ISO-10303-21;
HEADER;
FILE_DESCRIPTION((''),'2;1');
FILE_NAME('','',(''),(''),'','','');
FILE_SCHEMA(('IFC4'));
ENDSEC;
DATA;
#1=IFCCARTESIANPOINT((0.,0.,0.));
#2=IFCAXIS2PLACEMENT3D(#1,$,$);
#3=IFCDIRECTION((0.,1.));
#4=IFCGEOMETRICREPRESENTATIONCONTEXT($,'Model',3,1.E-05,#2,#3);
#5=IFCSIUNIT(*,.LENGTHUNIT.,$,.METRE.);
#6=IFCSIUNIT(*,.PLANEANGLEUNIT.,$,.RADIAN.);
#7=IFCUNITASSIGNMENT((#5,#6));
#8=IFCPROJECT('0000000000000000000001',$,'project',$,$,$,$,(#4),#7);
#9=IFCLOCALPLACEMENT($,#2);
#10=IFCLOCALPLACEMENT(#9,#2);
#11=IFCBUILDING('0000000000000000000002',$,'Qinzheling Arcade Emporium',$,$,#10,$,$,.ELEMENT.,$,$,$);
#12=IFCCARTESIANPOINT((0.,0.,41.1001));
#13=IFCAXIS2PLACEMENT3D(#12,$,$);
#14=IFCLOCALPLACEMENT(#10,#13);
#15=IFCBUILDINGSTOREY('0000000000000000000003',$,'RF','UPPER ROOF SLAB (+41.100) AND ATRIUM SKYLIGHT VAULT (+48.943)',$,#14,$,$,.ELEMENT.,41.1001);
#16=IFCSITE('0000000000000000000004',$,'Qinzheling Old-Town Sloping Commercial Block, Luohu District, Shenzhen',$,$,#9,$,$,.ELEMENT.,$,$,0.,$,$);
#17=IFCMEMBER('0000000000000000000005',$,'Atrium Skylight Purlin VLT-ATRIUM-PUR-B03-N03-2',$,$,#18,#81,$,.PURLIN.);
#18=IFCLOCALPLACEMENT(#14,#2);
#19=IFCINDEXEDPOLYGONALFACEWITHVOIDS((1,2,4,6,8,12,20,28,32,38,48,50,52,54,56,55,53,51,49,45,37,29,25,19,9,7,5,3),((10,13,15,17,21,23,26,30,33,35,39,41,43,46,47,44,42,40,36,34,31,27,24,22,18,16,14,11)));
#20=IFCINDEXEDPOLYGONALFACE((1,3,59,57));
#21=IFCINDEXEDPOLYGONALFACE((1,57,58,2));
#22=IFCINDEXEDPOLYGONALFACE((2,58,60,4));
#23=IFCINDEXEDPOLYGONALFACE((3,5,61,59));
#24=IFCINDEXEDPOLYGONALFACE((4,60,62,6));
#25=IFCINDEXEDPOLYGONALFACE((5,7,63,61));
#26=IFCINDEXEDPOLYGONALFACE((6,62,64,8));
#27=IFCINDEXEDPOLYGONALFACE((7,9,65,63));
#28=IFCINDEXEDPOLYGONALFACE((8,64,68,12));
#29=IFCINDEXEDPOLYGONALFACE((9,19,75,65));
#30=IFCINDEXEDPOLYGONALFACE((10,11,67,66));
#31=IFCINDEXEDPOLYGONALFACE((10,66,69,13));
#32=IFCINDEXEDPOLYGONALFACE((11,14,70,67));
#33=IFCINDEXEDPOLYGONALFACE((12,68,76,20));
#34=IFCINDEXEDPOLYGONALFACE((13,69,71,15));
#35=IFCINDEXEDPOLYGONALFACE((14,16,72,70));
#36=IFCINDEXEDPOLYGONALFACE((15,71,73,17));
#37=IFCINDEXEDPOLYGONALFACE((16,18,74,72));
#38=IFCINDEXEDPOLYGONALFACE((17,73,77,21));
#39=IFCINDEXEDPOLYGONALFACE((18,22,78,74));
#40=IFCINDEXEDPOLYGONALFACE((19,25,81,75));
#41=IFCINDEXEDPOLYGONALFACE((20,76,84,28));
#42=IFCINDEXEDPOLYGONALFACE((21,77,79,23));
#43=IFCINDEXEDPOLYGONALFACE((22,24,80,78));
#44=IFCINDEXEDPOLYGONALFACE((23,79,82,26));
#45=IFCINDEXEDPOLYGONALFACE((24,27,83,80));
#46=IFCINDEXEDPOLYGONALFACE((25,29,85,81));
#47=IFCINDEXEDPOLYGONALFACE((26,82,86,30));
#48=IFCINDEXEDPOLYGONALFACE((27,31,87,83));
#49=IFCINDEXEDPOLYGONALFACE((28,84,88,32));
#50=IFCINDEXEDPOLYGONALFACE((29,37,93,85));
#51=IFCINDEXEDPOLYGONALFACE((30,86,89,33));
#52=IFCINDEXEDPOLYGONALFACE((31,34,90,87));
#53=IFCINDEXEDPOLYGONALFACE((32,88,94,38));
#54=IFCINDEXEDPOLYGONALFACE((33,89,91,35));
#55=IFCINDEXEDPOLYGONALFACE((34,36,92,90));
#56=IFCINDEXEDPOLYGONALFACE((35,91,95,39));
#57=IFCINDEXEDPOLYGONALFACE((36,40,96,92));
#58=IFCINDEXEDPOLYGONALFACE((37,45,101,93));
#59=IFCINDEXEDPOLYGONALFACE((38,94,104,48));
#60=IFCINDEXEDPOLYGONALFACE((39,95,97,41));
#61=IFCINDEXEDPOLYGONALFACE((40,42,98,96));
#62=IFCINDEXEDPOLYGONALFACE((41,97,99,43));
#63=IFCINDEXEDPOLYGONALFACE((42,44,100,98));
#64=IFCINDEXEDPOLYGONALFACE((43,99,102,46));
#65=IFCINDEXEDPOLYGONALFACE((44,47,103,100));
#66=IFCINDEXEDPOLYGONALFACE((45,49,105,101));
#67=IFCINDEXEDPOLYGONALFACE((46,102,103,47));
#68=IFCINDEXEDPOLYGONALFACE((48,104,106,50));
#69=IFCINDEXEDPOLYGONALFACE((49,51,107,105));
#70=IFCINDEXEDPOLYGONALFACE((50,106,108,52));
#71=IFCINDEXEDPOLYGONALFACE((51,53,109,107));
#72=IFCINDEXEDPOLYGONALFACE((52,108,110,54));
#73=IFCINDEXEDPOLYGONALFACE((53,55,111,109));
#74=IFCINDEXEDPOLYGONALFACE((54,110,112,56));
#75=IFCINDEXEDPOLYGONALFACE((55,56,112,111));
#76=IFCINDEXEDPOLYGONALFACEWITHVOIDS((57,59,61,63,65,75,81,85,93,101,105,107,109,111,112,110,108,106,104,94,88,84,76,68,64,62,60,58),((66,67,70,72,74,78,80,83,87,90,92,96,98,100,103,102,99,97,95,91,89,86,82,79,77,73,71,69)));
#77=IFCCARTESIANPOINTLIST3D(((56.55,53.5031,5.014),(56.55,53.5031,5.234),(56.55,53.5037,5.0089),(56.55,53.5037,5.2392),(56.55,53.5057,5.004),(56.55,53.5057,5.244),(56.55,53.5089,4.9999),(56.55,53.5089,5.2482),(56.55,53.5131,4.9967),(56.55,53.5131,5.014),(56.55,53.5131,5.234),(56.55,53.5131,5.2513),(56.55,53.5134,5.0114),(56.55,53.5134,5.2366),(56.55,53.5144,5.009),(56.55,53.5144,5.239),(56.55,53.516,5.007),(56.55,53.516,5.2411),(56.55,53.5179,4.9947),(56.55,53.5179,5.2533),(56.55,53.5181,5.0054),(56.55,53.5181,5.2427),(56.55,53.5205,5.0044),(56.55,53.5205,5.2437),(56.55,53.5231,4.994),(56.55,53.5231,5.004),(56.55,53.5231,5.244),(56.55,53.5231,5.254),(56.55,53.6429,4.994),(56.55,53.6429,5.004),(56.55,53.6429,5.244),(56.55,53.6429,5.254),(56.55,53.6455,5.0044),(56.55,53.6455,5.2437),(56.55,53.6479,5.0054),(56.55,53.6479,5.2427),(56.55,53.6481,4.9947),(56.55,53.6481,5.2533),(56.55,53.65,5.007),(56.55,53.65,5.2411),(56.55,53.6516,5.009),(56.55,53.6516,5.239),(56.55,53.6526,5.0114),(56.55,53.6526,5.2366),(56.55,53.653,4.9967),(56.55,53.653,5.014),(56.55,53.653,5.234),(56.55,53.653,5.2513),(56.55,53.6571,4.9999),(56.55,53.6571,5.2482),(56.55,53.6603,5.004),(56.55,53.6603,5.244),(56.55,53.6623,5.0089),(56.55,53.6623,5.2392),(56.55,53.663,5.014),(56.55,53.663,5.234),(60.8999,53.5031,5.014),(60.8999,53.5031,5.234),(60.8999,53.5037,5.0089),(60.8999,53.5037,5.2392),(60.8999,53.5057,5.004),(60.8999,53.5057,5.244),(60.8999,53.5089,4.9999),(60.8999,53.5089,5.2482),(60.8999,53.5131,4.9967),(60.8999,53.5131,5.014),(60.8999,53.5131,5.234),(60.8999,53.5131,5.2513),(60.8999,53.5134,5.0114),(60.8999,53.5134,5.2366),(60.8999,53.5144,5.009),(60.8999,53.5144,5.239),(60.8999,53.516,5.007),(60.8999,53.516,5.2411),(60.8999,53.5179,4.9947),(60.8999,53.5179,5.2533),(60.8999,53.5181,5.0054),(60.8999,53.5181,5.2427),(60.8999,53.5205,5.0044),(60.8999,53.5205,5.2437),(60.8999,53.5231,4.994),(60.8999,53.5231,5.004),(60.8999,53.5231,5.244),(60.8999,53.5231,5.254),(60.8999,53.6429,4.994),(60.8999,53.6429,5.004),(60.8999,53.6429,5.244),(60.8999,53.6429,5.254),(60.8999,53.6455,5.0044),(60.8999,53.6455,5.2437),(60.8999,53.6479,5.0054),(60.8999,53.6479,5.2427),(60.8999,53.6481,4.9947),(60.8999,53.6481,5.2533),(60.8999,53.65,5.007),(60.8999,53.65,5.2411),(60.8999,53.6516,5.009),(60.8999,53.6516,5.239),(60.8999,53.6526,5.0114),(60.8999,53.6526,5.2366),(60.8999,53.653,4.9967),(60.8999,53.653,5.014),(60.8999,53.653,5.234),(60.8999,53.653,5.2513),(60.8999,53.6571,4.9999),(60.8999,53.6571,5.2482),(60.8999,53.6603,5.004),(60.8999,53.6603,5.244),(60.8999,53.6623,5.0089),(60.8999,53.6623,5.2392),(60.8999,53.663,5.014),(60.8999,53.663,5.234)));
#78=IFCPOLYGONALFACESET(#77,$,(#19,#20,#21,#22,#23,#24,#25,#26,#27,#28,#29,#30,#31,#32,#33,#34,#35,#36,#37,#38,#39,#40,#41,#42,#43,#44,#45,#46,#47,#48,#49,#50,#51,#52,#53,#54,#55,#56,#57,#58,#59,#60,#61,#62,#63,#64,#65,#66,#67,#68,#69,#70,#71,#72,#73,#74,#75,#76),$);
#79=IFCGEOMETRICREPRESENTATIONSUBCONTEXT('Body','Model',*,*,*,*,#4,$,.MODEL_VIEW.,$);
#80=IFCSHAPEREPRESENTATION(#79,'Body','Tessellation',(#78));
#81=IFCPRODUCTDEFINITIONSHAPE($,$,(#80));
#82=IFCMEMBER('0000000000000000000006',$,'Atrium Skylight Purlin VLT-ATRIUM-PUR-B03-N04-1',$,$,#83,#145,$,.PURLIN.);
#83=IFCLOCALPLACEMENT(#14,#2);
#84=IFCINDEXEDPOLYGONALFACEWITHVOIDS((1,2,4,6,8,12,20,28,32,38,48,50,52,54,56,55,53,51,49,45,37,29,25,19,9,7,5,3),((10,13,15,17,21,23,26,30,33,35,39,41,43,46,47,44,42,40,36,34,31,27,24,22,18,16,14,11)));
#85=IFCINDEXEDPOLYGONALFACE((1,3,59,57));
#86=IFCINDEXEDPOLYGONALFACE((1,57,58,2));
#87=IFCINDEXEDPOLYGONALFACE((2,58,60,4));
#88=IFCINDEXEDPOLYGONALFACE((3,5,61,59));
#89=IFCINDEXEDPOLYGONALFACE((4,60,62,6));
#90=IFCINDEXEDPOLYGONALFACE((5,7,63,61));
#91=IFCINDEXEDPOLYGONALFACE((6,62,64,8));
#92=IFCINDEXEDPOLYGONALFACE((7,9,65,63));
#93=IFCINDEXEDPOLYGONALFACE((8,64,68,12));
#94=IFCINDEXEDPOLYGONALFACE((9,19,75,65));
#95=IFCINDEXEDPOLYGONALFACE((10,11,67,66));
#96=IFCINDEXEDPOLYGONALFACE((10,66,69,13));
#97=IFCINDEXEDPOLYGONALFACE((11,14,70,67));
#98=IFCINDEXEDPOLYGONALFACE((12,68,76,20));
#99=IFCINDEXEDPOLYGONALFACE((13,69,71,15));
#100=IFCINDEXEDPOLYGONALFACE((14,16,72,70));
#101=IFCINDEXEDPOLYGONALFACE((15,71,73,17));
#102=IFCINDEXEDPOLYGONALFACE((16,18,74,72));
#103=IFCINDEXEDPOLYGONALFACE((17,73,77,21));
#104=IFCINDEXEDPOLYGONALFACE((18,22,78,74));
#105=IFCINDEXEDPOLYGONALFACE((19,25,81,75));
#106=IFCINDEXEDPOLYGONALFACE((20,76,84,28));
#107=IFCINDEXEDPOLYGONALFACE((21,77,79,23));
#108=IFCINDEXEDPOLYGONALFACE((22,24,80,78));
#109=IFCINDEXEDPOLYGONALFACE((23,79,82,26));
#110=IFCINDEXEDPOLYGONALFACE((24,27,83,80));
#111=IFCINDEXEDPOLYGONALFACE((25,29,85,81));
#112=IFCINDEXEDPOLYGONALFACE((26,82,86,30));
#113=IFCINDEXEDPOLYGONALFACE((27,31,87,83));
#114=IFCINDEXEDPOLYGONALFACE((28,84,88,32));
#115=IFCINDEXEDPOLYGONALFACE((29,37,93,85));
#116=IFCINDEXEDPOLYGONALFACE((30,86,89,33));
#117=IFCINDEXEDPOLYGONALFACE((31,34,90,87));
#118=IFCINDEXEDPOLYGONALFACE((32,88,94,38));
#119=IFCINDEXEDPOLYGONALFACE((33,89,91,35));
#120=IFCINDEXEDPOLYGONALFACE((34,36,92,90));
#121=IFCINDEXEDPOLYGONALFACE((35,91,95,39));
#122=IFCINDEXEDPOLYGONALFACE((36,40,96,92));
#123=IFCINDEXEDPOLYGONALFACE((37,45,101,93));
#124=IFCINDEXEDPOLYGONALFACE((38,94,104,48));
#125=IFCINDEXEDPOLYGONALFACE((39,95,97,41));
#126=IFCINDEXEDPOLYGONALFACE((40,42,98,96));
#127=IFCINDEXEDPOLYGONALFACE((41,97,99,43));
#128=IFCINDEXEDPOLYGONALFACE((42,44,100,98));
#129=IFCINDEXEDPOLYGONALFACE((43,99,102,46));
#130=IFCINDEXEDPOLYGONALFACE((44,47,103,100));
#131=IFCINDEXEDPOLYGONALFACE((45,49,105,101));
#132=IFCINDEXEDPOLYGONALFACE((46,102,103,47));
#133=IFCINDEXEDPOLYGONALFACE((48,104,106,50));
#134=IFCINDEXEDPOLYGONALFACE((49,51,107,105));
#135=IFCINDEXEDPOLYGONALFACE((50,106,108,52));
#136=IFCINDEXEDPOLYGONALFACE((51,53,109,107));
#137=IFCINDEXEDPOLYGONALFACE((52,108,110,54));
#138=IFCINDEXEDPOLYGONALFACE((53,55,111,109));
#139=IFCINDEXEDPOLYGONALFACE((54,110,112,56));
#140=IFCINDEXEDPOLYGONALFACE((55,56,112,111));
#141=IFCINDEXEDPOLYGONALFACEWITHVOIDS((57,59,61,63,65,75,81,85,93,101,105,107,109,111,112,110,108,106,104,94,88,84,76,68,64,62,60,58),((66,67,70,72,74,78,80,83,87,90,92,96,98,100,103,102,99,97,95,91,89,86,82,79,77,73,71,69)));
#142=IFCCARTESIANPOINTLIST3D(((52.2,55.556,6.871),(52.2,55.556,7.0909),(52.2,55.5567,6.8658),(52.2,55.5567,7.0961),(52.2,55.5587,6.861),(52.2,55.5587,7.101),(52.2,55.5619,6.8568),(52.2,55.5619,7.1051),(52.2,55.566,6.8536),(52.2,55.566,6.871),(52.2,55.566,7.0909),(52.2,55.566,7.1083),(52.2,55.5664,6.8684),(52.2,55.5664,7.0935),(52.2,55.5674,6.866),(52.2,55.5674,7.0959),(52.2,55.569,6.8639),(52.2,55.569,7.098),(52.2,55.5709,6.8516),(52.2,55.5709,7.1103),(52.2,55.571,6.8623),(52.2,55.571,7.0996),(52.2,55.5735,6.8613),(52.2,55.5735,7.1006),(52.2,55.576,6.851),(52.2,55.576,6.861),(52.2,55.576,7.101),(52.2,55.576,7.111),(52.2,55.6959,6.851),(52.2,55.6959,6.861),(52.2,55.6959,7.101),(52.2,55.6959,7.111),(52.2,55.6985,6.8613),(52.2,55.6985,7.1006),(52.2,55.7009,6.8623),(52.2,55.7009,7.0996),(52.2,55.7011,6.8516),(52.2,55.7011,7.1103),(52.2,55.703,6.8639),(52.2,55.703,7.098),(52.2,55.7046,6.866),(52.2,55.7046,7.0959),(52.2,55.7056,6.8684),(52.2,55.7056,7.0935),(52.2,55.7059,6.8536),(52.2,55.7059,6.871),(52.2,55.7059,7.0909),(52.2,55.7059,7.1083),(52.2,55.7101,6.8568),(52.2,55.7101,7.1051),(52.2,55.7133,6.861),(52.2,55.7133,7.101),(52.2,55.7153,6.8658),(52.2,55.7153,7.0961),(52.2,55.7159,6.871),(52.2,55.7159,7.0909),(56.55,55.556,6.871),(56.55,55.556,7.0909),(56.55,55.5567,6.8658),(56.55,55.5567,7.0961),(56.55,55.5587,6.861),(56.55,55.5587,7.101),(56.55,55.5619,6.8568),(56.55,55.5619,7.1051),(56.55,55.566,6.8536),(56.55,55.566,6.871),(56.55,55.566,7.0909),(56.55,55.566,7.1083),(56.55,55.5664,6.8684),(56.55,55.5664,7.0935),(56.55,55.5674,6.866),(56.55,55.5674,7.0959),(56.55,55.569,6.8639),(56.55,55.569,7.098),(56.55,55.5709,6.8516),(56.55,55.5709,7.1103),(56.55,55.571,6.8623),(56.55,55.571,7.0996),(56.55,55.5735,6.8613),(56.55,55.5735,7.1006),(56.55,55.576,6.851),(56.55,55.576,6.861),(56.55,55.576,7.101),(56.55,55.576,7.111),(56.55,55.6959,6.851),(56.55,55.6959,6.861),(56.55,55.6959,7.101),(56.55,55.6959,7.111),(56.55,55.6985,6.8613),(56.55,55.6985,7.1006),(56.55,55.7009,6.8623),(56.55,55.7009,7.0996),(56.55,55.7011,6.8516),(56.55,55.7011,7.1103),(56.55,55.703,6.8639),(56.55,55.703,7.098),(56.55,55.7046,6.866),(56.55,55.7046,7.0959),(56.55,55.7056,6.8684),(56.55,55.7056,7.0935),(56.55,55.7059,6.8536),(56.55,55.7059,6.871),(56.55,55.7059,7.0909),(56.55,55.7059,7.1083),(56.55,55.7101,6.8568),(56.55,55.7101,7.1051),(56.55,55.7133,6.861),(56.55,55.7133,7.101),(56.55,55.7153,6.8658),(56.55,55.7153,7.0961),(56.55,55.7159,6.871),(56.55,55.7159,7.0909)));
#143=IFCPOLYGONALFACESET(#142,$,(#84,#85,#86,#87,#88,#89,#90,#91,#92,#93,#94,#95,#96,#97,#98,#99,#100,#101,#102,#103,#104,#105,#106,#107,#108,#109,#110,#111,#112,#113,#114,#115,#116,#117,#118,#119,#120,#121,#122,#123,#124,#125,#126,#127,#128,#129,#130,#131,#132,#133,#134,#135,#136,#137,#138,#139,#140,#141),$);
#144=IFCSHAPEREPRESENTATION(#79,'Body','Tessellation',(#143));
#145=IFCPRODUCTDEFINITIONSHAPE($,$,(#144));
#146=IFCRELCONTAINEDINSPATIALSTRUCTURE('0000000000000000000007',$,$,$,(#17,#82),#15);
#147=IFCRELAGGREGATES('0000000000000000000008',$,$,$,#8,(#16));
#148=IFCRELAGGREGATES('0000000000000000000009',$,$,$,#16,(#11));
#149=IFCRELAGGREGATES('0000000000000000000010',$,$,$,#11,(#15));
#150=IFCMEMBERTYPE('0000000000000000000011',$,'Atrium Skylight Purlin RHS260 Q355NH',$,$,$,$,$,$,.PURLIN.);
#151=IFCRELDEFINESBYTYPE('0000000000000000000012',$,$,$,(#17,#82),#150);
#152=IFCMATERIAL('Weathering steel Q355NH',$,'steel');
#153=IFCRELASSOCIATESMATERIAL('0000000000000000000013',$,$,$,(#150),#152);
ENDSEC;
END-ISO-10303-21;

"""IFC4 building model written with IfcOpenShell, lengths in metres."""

from ifc_helpers import new_model, si_unit, direction, frame, origin, origin_2d, place, context, subcontext, project, spatial, hollow_rectangle, extrude, material, material_profile, profile_set, type_object, element, save


model = new_model("IFC4")

# Units and contexts
model_context = context("Model", 3, precision=1e-05, world=origin(), true_north=direction((0.0, 1.0)))
body_context = subcontext(model_context, "Body", "Model", "MODEL_VIEW")
ifc_project = project(units=[si_unit("LENGTHUNIT", "METRE"), si_unit("PLANEANGLEUNIT", "RADIAN")], contexts=[model_context])

# Site, building, storey
site_placement = place(None, origin())
site = spatial("IfcSite", under=ifc_project, at=site_placement, Name="Qinzheling Old-Town Sloping Commercial Block, Luohu District, Shenzhen", CompositionType="ELEMENT", RefElevation=0.0)
building_placement = place(site_placement, origin())
building = spatial("IfcBuilding", under=site, at=building_placement, Name="Qinzheling Arcade Emporium", CompositionType="ELEMENT")
storey_placement = place(building_placement, frame((0.0, 0.0, 41.1001)))
storey = spatial("IfcBuildingStorey", under=building, at=storey_placement, Name="RF", Description="UPPER ROOF SLAB (+41.100) AND ATRIUM SKYLIGHT VAULT (+48.943)", CompositionType="ELEMENT", Elevation=41.1001)

# Shared definitions
ifc_material_1 = material(Name="Weathering steel Q355NH", Category="steel")

# Members
ifc_material_profile_1 = material_profile(ifc_material_1, hollow_rectangle(XDim=0.1599, YDim=0.26, WallThickness=0.01, InnerFilletRadius=0.01, OuterFilletRadius=0.02, at=origin_2d()), Name="RHS 260x160x10", Category="steel")
ifc_profile_set_1 = profile_set([ifc_material_profile_1], Name="Weathering steel Q355NH")
member_type = type_object("IfcMemberType", Name="Atrium Skylight Purlin RHS260 Q355NH", PredefinedType="PURLIN", material=ifc_profile_set_1)
member_1_placement = place(storey_placement, frame((56.55, 53.583, 5.124), z_axis=(1.0, 0.0, 0.0), x_axis=(0.0, 1.0, 0.0)))
element("IfcMember", 1, at=member_1_placement, inside=storey, type_object=member_type, Name="Atrium Skylight Purlin VLT-ATRIUM-PUR-B03-N03-2", PredefinedType="PURLIN", context=body_context, shape_type="SweptSolid", body=[
    extrude(hollow_rectangle(XDim=0.1599, YDim=0.26, WallThickness=0.01, InnerFilletRadius=0.01, OuterFilletRadius=0.02, at=origin_2d()), origin(), (0.0, 0.0, 1.0), 4.3499),
])
member_2_placement = place(storey_placement, frame((52.2, 55.636, 6.981), z_axis=(1.0, 0.0, 0.0), x_axis=(0.0, 1.0, 0.0)))
element("IfcMember", 2, at=member_2_placement, inside=storey, type_object=member_type, Name="Atrium Skylight Purlin VLT-ATRIUM-PUR-B03-N04-1", PredefinedType="PURLIN", context=body_context, shape_type="SweptSolid", body=[
    extrude(hollow_rectangle(XDim=0.1599, YDim=0.26, WallThickness=0.01, InnerFilletRadius=0.01, OuterFilletRadius=0.02, at=origin_2d()), origin(), (0.0, 0.0, 1.0), 4.3501),
])

save(model, "model.ifc")
